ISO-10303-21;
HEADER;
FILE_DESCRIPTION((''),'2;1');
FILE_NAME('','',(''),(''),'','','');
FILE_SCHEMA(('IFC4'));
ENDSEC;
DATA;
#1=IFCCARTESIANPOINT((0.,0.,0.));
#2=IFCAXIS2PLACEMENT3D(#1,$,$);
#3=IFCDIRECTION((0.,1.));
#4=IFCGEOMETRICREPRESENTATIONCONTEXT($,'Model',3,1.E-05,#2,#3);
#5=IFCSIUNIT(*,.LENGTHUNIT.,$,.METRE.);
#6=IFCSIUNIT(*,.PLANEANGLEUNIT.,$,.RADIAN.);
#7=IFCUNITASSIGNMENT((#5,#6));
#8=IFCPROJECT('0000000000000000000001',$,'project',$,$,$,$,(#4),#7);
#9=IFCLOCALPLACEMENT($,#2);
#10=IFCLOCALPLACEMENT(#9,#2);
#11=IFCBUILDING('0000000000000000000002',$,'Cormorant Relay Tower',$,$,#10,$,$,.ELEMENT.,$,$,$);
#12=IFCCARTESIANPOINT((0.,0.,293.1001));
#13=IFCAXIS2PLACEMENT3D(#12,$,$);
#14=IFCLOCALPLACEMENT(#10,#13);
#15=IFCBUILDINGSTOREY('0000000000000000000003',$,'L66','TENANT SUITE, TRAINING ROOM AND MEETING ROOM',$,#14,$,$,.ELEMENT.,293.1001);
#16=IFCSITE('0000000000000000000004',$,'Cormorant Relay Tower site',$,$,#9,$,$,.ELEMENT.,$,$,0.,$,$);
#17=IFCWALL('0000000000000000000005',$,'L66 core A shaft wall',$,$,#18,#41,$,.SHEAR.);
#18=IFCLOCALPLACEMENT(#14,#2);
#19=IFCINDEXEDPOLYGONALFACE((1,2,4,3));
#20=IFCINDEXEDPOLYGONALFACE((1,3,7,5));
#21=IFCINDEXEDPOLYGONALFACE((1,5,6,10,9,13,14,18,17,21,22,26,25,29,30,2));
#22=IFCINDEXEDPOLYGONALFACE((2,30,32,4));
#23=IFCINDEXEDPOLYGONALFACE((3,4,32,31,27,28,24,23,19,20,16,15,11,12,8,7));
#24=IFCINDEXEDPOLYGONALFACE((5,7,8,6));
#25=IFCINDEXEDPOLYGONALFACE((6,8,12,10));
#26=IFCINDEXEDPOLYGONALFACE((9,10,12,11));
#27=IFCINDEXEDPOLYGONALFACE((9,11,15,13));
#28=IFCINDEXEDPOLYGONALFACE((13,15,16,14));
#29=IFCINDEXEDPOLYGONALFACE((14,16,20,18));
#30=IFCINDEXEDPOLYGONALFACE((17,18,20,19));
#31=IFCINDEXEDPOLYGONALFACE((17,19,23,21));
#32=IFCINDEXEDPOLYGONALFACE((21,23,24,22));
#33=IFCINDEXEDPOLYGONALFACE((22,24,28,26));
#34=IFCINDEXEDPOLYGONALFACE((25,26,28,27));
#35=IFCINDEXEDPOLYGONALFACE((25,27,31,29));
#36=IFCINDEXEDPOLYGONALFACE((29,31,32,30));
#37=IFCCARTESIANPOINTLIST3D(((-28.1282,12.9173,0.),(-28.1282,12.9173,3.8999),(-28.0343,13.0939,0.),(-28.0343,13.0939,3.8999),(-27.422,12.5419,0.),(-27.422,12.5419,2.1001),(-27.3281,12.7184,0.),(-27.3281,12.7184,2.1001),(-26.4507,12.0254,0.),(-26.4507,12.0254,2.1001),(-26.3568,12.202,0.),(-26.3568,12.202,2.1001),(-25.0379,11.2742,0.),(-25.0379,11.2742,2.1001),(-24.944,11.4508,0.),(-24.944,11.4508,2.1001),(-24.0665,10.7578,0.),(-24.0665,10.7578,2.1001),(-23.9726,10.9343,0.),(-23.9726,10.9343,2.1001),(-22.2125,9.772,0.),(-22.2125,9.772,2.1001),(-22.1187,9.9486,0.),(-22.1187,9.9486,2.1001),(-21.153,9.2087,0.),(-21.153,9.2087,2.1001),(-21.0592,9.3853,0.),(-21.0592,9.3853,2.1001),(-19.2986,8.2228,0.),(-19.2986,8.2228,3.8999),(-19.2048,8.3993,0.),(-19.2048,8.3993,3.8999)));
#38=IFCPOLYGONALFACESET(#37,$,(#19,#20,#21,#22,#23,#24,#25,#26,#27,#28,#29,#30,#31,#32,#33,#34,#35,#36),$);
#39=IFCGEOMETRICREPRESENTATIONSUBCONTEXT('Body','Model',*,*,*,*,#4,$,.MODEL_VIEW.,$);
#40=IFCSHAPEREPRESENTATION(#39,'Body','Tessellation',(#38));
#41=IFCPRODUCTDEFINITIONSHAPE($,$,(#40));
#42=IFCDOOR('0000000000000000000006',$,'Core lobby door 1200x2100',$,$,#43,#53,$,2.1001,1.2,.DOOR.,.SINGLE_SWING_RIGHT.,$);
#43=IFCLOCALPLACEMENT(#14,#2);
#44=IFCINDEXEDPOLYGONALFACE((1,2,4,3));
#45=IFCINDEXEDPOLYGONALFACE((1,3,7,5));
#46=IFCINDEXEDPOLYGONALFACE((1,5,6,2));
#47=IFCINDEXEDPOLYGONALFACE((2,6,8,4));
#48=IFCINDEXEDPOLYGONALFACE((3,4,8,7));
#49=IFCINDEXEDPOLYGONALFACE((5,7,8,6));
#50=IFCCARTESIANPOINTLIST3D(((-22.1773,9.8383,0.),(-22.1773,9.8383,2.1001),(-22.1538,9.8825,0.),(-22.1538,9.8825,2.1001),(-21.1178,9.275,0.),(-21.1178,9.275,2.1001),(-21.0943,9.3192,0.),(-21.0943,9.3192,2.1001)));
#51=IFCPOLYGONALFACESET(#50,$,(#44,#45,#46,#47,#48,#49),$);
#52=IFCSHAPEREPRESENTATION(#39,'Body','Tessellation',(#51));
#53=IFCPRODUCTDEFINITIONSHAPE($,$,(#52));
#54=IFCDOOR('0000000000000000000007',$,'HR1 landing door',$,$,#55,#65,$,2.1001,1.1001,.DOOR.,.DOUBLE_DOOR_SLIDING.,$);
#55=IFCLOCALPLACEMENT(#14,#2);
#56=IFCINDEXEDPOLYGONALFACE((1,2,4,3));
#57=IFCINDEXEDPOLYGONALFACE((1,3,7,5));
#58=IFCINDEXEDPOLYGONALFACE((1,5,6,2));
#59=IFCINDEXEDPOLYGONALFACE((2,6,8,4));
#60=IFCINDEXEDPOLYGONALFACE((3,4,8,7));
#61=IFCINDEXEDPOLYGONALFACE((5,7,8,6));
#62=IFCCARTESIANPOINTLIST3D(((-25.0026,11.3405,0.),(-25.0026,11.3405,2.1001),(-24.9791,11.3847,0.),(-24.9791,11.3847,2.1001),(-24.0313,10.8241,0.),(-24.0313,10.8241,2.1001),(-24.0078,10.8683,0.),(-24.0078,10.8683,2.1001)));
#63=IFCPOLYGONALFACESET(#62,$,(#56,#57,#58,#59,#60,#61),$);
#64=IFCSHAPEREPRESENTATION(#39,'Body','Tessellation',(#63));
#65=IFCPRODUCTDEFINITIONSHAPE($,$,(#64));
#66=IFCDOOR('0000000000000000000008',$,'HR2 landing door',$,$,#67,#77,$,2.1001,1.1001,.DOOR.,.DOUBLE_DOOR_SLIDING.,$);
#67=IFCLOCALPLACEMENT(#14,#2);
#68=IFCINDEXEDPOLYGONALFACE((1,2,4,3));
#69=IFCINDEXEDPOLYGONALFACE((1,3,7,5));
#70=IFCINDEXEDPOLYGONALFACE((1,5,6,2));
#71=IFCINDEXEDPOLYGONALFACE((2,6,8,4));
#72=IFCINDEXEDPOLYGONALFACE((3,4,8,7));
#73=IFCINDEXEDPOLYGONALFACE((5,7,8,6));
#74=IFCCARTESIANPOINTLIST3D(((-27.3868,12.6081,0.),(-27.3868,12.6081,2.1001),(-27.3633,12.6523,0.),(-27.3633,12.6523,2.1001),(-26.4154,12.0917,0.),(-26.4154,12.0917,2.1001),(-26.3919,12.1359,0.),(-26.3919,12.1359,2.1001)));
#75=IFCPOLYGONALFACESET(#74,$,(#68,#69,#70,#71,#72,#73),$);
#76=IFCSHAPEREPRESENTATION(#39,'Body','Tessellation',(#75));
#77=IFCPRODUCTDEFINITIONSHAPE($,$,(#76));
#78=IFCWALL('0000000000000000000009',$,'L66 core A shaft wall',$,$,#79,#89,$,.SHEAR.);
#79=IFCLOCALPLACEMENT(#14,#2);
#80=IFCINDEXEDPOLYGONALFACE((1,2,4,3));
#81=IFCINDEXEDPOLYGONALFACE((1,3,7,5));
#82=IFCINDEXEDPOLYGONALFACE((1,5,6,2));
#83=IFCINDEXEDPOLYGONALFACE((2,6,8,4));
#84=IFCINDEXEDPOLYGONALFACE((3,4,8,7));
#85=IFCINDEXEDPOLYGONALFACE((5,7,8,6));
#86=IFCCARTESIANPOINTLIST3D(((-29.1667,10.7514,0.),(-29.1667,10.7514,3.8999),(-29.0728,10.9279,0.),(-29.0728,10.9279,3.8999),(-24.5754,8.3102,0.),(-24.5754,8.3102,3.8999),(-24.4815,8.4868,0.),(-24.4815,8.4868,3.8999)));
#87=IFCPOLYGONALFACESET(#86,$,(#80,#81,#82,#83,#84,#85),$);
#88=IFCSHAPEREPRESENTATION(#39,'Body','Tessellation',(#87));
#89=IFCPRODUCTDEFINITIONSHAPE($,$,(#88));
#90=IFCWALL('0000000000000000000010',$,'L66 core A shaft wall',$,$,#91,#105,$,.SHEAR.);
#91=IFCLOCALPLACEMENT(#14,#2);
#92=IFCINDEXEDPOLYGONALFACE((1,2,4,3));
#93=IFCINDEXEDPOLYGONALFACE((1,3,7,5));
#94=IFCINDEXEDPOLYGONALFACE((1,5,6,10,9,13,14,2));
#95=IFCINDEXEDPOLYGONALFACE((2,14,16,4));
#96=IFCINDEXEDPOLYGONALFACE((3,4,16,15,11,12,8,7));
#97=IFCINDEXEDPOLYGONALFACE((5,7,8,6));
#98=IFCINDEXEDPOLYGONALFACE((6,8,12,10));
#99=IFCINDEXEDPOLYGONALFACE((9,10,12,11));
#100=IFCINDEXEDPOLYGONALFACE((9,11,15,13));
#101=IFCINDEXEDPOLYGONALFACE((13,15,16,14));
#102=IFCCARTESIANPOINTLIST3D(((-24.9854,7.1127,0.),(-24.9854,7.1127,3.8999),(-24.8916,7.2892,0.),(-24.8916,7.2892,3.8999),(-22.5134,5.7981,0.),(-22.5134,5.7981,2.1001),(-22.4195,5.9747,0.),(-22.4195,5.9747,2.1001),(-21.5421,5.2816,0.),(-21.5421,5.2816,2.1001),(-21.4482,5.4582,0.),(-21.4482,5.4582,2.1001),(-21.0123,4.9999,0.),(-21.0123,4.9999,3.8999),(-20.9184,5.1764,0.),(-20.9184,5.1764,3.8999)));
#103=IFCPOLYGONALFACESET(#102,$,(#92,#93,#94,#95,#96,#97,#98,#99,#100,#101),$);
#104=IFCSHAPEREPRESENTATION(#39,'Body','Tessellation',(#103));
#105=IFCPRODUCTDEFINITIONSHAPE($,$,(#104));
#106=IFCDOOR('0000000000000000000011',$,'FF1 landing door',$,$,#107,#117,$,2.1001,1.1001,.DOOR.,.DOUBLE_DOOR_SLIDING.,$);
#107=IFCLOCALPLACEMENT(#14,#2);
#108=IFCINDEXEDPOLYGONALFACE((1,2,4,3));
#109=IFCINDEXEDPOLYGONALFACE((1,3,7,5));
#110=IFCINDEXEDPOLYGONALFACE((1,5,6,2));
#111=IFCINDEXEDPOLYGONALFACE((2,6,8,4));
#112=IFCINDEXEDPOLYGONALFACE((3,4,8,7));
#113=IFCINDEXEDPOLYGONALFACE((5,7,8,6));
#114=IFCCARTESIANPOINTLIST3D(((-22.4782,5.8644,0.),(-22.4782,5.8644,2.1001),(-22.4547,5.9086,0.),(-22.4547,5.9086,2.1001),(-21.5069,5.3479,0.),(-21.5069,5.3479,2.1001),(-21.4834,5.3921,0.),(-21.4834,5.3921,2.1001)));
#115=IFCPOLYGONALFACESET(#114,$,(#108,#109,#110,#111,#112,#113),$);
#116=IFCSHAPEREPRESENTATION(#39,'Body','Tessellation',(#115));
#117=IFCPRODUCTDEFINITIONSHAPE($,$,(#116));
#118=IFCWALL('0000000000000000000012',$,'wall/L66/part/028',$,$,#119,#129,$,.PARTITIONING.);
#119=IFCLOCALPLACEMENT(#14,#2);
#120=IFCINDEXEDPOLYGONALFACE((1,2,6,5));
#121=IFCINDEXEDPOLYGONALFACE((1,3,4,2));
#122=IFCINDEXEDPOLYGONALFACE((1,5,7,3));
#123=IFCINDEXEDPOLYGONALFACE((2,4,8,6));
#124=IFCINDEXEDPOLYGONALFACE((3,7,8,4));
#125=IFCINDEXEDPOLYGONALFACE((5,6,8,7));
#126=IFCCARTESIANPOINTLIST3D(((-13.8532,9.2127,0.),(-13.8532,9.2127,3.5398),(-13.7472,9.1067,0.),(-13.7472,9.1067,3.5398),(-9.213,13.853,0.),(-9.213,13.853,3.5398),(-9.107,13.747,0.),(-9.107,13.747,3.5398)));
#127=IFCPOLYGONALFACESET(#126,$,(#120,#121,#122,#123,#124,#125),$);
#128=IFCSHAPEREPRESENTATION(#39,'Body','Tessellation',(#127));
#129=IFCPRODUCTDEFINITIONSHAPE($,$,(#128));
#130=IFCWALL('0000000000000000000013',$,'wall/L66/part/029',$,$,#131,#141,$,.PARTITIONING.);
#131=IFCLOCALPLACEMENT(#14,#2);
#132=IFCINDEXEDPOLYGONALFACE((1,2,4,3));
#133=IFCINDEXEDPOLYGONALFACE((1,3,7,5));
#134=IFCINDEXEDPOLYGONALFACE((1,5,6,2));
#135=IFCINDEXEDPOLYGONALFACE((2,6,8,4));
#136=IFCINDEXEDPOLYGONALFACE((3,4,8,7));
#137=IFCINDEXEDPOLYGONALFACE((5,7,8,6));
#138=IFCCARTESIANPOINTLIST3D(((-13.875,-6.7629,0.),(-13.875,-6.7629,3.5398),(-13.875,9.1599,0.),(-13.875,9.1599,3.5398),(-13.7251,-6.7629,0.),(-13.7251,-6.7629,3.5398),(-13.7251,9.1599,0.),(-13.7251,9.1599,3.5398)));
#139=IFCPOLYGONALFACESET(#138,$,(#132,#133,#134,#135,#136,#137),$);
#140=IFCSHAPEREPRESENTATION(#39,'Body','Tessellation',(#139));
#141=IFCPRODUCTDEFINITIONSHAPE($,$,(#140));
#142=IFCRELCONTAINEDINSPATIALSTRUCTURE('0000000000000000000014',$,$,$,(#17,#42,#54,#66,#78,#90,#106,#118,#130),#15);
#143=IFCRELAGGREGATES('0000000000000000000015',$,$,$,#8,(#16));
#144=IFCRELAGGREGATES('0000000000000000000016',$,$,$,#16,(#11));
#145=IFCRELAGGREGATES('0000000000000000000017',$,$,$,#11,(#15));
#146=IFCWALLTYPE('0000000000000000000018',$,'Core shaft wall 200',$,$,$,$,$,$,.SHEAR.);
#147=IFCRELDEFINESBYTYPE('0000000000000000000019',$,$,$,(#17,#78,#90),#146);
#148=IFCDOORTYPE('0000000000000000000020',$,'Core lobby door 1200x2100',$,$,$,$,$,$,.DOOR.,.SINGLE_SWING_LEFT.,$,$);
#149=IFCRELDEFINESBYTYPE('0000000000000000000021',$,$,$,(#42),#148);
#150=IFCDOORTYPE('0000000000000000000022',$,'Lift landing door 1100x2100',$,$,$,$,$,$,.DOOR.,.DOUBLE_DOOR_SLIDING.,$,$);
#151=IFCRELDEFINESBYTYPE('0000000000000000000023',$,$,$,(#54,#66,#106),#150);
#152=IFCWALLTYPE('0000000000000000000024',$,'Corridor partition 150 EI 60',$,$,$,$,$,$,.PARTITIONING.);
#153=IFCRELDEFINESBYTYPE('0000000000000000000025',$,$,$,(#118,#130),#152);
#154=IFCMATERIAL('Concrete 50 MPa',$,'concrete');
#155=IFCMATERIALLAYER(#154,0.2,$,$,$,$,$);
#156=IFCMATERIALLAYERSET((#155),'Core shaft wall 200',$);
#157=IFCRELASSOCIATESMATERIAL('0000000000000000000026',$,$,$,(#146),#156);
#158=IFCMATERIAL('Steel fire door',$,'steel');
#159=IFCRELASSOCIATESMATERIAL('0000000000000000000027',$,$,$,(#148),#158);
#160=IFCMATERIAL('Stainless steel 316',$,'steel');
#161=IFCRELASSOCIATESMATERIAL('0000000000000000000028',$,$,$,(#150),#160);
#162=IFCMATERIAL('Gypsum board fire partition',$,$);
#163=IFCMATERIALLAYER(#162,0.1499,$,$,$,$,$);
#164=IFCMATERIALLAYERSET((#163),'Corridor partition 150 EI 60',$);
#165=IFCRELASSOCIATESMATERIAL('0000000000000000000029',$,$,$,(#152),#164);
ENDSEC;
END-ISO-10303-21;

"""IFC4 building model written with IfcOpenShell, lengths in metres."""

from ifc_helpers import new_model, si_unit, direction, frame, frame_2d, origin, place, context, subcontext, project, spatial, rectangle, extrude, material, layer, layer_set, type_object, element, fill, save


model = new_model("IFC4")

# Units and contexts
model_context = context("Model", 3, precision=1e-05, world=origin(), true_north=direction((0.0, 1.0)))
body_context = subcontext(model_context, "Body", "Model", "MODEL_VIEW")
ifc_project = project(units=[si_unit("LENGTHUNIT", "METRE"), si_unit("PLANEANGLEUNIT", "RADIAN")], contexts=[model_context])

# Site, building, storey
site_placement = place(None, origin())
site = spatial("IfcSite", under=ifc_project, at=site_placement, Name="Cormorant Relay Tower site", CompositionType="ELEMENT", RefElevation=0.0)
building_placement = place(site_placement, origin())
building = spatial("IfcBuilding", under=site, at=building_placement, Name="Cormorant Relay Tower", CompositionType="ELEMENT")
storey_placement = place(building_placement, frame((0.0, 0.0, 293.1001)))
storey = spatial("IfcBuildingStorey", under=building, at=storey_placement, Name="L66", Description="TENANT SUITE, TRAINING ROOM AND MEETING ROOM", CompositionType="ELEMENT", Elevation=293.1001)

# Shared definitions
ifc_material_1 = material(Name="Concrete 50 MPa", Category="concrete")
ifc_layer_1 = layer(ifc_material_1, 0.2)
ifc_layer_set_1 = layer_set([ifc_layer_1], Name="Core shaft wall 200")
wall_type_1 = type_object("IfcWallType", Name="Core shaft wall 200", PredefinedType="SHEAR", material=ifc_layer_set_1)

# Wall, openings, doors
wall_1_placement = place(storey_placement, frame((-19.2517, 8.311, 0.0), z_axis=(0.0, 0.0, 1.0), x_axis=(-0.882956, 0.469456, 0.0)))
wall_1 = element("IfcWall", 1, at=wall_1_placement, inside=storey, type_object=wall_type_1, Name="L66 core A shaft wall", PredefinedType="SHEAR", context=body_context, shape_type="SweptSolid", body=[
    extrude(rectangle(XDim=10.0, YDim=0.2, at=frame_2d((5.0, 0.0))), origin(), (0.0, 0.0, 1.0), 3.8999),
])
opening_1_placement = place(wall_1_placement, frame((2.1001, 0.0, 0.0)))
opening_1 = element("IfcOpeningElement", 2, at=opening_1_placement, cuts=wall_1, PredefinedType="OPENING", context=body_context, shape_type="SweptSolid", body=[
    extrude(rectangle(XDim=1.2, YDim=2.1001, at=frame_2d((0.6001, 1.05))), frame((0.0, 0.1099, 0.0), z_axis=(0.0, -1.0, 0.0), x_axis=(1.0, 0.0, 0.0)), (0.0, 0.0, 1.0), 0.22),
])
opening_2_placement = place(wall_1_placement, frame((5.3999, 0.0, 0.0)))
opening_2 = element("IfcOpeningElement", 3, at=opening_2_placement, cuts=wall_1, PredefinedType="OPENING", context=body_context, shape_type="SweptSolid", body=[
    extrude(rectangle(XDim=1.1001, YDim=2.1001, at=frame_2d((0.55, 1.05))), frame((0.0, 0.1099, 0.0), z_axis=(0.0, -1.0, 0.0), x_axis=(1.0, 0.0, 0.0)), (0.0, 0.0, 1.0), 0.22),
])
opening_3_placement = place(wall_1_placement, frame((8.1001, 0.0, 0.0)))
opening_3 = element("IfcOpeningElement", 4, at=opening_3_placement, cuts=wall_1, PredefinedType="OPENING", context=body_context, shape_type="SweptSolid", body=[
    extrude(rectangle(XDim=1.1001, YDim=2.1001, at=frame_2d((0.55, 1.05))), frame((0.0, 0.1099, 0.0), z_axis=(0.0, -1.0, 0.0), x_axis=(1.0, 0.0, 0.0)), (0.0, 0.0, 1.0), 0.22),
])
ifc_material_2 = material(Name="Steel fire door", Category="steel")
door_type_1 = type_object("IfcDoorType", Name="Core lobby door 1200x2100", OperationType="SINGLE_SWING_LEFT", PredefinedType="DOOR", material=ifc_material_2)
door_1_placement = place(opening_1_placement, origin())
door_1 = element("IfcDoor", 5, at=door_1_placement, inside=storey, type_object=door_type_1, Name="Core lobby door 1200x2100", OperationType="SINGLE_SWING_RIGHT", OverallHeight=2.1001, OverallWidth=1.2, PredefinedType="DOOR", context=body_context, shape_type="SweptSolid", body=[
    extrude(rectangle(XDim=1.2, YDim=2.1001, at=frame_2d((0.6001, 1.05))), frame((0.0, 0.0249, 0.0), z_axis=(0.0, -1.0, 0.0), x_axis=(1.0, 0.0, 0.0)), (0.0, 0.0, 1.0), 0.05),
])
fill(opening_1, door_1)
ifc_material_3 = material(Name="Stainless steel 316", Category="steel")
door_type_2 = type_object("IfcDoorType", Name="Lift landing door 1100x2100", OperationType="DOUBLE_DOOR_SLIDING", PredefinedType="DOOR", material=ifc_material_3)
door_2_placement = place(opening_2_placement, origin())
door_2 = element("IfcDoor", 6, at=door_2_placement, inside=storey, type_object=door_type_2, Name="HR1 landing door", OperationType="DOUBLE_DOOR_SLIDING", OverallHeight=2.1001, OverallWidth=1.1001, PredefinedType="DOOR", context=body_context, shape_type="SweptSolid", body=[
    extrude(rectangle(XDim=1.1001, YDim=2.1001, at=frame_2d((0.55, 1.05))), frame((0.0, 0.0249, 0.0), z_axis=(0.0, -1.0, 0.0), x_axis=(1.0, 0.0, 0.0)), (0.0, 0.0, 1.0), 0.05),
])
fill(opening_2, door_2)
door_3_placement = place(opening_3_placement, origin())
door_3 = element("IfcDoor", 7, at=door_3_placement, inside=storey, type_object=door_type_2, Name="HR2 landing door", OperationType="DOUBLE_DOOR_SLIDING", OverallHeight=2.1001, OverallWidth=1.1001, PredefinedType="DOOR", context=body_context, shape_type="SweptSolid", body=[
    extrude(rectangle(XDim=1.1001, YDim=2.1001, at=frame_2d((0.55, 1.05))), frame((0.0, 0.0249, 0.0), z_axis=(0.0, -1.0, 0.0), x_axis=(1.0, 0.0, 0.0)), (0.0, 0.0, 1.0), 0.05),
])
fill(opening_3, door_3)

# Wall
wall_2_placement = place(storey_placement, frame((-24.5283, 8.3984, 0.0), z_axis=(0.0, 0.0, 1.0), x_axis=(-0.882954, 0.46946, 0.0)))
element("IfcWall", 8, at=wall_2_placement, inside=storey, type_object=wall_type_1, Name="L66 core A shaft wall", PredefinedType="SHEAR", context=body_context, shape_type="SweptSolid", body=[
    extrude(rectangle(XDim=5.2, YDim=0.2, at=frame_2d((2.6001, 0.0))), origin(), (0.0, 0.0, 1.0), 3.8999),
])

# Wall, opening, door
wall_3_placement = place(storey_placement, frame((-20.9653, 5.0881, 0.0), z_axis=(0.0, 0.0, 1.0), x_axis=(-0.882926, 0.469512, 0.0)))
wall_3 = element("IfcWall", 9, at=wall_3_placement, inside=storey, type_object=wall_type_1, Name="L66 core A shaft wall", PredefinedType="SHEAR", context=body_context, shape_type="SweptSolid", body=[
    extrude(rectangle(XDim=4.5, YDim=0.2, at=frame_2d((2.25, 0.0))), origin(), (0.0, 0.0, 1.0), 3.8999),
])
opening_4_placement = place(wall_3_placement, frame((0.6001, 0.0, 0.0)))
opening_4 = element("IfcOpeningElement", 10, at=opening_4_placement, cuts=wall_3, PredefinedType="OPENING", context=body_context, shape_type="SweptSolid", body=[
    extrude(rectangle(XDim=1.1001, YDim=2.1001, at=frame_2d((0.55, 1.05))), frame((0.0, 0.1099, 0.0), z_axis=(0.0, -1.0, 0.0), x_axis=(1.0, 0.0, 0.0)), (0.0, 0.0, 1.0), 0.22),
])
door_4_placement = place(opening_4_placement, origin())
door_4 = element("IfcDoor", 11, at=door_4_placement, inside=storey, type_object=door_type_2, Name="FF1 landing door", OperationType="DOUBLE_DOOR_SLIDING", OverallHeight=2.1001, OverallWidth=1.1001, PredefinedType="DOOR", context=body_context, shape_type="SweptSolid", body=[
    extrude(rectangle(XDim=1.1001, YDim=2.1001, at=frame_2d((0.55, 1.05))), frame((0.0, 0.0249, 0.0), z_axis=(0.0, -1.0, 0.0), x_axis=(1.0, 0.0, 0.0)), (0.0, 0.0, 1.0), 0.05),
])
fill(opening_4, door_4)

# Walls
ifc_material_4 = material(Name="Gypsum board fire partition")
ifc_layer_2 = layer(ifc_material_4, 0.1499)
ifc_layer_set_2 = layer_set([ifc_layer_2], Name="Corridor partition 150 EI 60")
wall_type_2 = type_object("IfcWallType", Name="Corridor partition 150 EI 60", PredefinedType="PARTITIONING", material=ifc_layer_set_2)
wall_4_placement = place(storey_placement, frame((-9.1599, 13.8, 0.0), z_axis=(0.0, 0.0, 1.0), x_axis=(-0.707107, -0.707107, 0.0)))
element("IfcWall", 12, at=wall_4_placement, inside=storey, type_object=wall_type_2, Name="wall/L66/part/028", PredefinedType="PARTITIONING", context=body_context, shape_type="SweptSolid", body=[
    extrude(rectangle(XDim=6.5623, YDim=0.1499, at=frame_2d((3.2812, 0.0))), origin(), (0.0, 0.0, 1.0), 3.5398),
])
wall_5_placement = place(storey_placement, frame((-13.8, 9.1599, 0.0), z_axis=(0.0, 0.0, 1.0), x_axis=(0.0, -1.0, 0.0)))
element("IfcWall", 13, at=wall_5_placement, inside=storey, type_object=wall_type_2, Name="wall/L66/part/029", PredefinedType="PARTITIONING", context=body_context, shape_type="SweptSolid", body=[
    extrude(rectangle(XDim=15.9229, YDim=0.1499, at=frame_2d((7.9614, 0.0))), origin(), (0.0, 0.0, 1.0), 3.5398),
])

save(model, "model.ifc")
